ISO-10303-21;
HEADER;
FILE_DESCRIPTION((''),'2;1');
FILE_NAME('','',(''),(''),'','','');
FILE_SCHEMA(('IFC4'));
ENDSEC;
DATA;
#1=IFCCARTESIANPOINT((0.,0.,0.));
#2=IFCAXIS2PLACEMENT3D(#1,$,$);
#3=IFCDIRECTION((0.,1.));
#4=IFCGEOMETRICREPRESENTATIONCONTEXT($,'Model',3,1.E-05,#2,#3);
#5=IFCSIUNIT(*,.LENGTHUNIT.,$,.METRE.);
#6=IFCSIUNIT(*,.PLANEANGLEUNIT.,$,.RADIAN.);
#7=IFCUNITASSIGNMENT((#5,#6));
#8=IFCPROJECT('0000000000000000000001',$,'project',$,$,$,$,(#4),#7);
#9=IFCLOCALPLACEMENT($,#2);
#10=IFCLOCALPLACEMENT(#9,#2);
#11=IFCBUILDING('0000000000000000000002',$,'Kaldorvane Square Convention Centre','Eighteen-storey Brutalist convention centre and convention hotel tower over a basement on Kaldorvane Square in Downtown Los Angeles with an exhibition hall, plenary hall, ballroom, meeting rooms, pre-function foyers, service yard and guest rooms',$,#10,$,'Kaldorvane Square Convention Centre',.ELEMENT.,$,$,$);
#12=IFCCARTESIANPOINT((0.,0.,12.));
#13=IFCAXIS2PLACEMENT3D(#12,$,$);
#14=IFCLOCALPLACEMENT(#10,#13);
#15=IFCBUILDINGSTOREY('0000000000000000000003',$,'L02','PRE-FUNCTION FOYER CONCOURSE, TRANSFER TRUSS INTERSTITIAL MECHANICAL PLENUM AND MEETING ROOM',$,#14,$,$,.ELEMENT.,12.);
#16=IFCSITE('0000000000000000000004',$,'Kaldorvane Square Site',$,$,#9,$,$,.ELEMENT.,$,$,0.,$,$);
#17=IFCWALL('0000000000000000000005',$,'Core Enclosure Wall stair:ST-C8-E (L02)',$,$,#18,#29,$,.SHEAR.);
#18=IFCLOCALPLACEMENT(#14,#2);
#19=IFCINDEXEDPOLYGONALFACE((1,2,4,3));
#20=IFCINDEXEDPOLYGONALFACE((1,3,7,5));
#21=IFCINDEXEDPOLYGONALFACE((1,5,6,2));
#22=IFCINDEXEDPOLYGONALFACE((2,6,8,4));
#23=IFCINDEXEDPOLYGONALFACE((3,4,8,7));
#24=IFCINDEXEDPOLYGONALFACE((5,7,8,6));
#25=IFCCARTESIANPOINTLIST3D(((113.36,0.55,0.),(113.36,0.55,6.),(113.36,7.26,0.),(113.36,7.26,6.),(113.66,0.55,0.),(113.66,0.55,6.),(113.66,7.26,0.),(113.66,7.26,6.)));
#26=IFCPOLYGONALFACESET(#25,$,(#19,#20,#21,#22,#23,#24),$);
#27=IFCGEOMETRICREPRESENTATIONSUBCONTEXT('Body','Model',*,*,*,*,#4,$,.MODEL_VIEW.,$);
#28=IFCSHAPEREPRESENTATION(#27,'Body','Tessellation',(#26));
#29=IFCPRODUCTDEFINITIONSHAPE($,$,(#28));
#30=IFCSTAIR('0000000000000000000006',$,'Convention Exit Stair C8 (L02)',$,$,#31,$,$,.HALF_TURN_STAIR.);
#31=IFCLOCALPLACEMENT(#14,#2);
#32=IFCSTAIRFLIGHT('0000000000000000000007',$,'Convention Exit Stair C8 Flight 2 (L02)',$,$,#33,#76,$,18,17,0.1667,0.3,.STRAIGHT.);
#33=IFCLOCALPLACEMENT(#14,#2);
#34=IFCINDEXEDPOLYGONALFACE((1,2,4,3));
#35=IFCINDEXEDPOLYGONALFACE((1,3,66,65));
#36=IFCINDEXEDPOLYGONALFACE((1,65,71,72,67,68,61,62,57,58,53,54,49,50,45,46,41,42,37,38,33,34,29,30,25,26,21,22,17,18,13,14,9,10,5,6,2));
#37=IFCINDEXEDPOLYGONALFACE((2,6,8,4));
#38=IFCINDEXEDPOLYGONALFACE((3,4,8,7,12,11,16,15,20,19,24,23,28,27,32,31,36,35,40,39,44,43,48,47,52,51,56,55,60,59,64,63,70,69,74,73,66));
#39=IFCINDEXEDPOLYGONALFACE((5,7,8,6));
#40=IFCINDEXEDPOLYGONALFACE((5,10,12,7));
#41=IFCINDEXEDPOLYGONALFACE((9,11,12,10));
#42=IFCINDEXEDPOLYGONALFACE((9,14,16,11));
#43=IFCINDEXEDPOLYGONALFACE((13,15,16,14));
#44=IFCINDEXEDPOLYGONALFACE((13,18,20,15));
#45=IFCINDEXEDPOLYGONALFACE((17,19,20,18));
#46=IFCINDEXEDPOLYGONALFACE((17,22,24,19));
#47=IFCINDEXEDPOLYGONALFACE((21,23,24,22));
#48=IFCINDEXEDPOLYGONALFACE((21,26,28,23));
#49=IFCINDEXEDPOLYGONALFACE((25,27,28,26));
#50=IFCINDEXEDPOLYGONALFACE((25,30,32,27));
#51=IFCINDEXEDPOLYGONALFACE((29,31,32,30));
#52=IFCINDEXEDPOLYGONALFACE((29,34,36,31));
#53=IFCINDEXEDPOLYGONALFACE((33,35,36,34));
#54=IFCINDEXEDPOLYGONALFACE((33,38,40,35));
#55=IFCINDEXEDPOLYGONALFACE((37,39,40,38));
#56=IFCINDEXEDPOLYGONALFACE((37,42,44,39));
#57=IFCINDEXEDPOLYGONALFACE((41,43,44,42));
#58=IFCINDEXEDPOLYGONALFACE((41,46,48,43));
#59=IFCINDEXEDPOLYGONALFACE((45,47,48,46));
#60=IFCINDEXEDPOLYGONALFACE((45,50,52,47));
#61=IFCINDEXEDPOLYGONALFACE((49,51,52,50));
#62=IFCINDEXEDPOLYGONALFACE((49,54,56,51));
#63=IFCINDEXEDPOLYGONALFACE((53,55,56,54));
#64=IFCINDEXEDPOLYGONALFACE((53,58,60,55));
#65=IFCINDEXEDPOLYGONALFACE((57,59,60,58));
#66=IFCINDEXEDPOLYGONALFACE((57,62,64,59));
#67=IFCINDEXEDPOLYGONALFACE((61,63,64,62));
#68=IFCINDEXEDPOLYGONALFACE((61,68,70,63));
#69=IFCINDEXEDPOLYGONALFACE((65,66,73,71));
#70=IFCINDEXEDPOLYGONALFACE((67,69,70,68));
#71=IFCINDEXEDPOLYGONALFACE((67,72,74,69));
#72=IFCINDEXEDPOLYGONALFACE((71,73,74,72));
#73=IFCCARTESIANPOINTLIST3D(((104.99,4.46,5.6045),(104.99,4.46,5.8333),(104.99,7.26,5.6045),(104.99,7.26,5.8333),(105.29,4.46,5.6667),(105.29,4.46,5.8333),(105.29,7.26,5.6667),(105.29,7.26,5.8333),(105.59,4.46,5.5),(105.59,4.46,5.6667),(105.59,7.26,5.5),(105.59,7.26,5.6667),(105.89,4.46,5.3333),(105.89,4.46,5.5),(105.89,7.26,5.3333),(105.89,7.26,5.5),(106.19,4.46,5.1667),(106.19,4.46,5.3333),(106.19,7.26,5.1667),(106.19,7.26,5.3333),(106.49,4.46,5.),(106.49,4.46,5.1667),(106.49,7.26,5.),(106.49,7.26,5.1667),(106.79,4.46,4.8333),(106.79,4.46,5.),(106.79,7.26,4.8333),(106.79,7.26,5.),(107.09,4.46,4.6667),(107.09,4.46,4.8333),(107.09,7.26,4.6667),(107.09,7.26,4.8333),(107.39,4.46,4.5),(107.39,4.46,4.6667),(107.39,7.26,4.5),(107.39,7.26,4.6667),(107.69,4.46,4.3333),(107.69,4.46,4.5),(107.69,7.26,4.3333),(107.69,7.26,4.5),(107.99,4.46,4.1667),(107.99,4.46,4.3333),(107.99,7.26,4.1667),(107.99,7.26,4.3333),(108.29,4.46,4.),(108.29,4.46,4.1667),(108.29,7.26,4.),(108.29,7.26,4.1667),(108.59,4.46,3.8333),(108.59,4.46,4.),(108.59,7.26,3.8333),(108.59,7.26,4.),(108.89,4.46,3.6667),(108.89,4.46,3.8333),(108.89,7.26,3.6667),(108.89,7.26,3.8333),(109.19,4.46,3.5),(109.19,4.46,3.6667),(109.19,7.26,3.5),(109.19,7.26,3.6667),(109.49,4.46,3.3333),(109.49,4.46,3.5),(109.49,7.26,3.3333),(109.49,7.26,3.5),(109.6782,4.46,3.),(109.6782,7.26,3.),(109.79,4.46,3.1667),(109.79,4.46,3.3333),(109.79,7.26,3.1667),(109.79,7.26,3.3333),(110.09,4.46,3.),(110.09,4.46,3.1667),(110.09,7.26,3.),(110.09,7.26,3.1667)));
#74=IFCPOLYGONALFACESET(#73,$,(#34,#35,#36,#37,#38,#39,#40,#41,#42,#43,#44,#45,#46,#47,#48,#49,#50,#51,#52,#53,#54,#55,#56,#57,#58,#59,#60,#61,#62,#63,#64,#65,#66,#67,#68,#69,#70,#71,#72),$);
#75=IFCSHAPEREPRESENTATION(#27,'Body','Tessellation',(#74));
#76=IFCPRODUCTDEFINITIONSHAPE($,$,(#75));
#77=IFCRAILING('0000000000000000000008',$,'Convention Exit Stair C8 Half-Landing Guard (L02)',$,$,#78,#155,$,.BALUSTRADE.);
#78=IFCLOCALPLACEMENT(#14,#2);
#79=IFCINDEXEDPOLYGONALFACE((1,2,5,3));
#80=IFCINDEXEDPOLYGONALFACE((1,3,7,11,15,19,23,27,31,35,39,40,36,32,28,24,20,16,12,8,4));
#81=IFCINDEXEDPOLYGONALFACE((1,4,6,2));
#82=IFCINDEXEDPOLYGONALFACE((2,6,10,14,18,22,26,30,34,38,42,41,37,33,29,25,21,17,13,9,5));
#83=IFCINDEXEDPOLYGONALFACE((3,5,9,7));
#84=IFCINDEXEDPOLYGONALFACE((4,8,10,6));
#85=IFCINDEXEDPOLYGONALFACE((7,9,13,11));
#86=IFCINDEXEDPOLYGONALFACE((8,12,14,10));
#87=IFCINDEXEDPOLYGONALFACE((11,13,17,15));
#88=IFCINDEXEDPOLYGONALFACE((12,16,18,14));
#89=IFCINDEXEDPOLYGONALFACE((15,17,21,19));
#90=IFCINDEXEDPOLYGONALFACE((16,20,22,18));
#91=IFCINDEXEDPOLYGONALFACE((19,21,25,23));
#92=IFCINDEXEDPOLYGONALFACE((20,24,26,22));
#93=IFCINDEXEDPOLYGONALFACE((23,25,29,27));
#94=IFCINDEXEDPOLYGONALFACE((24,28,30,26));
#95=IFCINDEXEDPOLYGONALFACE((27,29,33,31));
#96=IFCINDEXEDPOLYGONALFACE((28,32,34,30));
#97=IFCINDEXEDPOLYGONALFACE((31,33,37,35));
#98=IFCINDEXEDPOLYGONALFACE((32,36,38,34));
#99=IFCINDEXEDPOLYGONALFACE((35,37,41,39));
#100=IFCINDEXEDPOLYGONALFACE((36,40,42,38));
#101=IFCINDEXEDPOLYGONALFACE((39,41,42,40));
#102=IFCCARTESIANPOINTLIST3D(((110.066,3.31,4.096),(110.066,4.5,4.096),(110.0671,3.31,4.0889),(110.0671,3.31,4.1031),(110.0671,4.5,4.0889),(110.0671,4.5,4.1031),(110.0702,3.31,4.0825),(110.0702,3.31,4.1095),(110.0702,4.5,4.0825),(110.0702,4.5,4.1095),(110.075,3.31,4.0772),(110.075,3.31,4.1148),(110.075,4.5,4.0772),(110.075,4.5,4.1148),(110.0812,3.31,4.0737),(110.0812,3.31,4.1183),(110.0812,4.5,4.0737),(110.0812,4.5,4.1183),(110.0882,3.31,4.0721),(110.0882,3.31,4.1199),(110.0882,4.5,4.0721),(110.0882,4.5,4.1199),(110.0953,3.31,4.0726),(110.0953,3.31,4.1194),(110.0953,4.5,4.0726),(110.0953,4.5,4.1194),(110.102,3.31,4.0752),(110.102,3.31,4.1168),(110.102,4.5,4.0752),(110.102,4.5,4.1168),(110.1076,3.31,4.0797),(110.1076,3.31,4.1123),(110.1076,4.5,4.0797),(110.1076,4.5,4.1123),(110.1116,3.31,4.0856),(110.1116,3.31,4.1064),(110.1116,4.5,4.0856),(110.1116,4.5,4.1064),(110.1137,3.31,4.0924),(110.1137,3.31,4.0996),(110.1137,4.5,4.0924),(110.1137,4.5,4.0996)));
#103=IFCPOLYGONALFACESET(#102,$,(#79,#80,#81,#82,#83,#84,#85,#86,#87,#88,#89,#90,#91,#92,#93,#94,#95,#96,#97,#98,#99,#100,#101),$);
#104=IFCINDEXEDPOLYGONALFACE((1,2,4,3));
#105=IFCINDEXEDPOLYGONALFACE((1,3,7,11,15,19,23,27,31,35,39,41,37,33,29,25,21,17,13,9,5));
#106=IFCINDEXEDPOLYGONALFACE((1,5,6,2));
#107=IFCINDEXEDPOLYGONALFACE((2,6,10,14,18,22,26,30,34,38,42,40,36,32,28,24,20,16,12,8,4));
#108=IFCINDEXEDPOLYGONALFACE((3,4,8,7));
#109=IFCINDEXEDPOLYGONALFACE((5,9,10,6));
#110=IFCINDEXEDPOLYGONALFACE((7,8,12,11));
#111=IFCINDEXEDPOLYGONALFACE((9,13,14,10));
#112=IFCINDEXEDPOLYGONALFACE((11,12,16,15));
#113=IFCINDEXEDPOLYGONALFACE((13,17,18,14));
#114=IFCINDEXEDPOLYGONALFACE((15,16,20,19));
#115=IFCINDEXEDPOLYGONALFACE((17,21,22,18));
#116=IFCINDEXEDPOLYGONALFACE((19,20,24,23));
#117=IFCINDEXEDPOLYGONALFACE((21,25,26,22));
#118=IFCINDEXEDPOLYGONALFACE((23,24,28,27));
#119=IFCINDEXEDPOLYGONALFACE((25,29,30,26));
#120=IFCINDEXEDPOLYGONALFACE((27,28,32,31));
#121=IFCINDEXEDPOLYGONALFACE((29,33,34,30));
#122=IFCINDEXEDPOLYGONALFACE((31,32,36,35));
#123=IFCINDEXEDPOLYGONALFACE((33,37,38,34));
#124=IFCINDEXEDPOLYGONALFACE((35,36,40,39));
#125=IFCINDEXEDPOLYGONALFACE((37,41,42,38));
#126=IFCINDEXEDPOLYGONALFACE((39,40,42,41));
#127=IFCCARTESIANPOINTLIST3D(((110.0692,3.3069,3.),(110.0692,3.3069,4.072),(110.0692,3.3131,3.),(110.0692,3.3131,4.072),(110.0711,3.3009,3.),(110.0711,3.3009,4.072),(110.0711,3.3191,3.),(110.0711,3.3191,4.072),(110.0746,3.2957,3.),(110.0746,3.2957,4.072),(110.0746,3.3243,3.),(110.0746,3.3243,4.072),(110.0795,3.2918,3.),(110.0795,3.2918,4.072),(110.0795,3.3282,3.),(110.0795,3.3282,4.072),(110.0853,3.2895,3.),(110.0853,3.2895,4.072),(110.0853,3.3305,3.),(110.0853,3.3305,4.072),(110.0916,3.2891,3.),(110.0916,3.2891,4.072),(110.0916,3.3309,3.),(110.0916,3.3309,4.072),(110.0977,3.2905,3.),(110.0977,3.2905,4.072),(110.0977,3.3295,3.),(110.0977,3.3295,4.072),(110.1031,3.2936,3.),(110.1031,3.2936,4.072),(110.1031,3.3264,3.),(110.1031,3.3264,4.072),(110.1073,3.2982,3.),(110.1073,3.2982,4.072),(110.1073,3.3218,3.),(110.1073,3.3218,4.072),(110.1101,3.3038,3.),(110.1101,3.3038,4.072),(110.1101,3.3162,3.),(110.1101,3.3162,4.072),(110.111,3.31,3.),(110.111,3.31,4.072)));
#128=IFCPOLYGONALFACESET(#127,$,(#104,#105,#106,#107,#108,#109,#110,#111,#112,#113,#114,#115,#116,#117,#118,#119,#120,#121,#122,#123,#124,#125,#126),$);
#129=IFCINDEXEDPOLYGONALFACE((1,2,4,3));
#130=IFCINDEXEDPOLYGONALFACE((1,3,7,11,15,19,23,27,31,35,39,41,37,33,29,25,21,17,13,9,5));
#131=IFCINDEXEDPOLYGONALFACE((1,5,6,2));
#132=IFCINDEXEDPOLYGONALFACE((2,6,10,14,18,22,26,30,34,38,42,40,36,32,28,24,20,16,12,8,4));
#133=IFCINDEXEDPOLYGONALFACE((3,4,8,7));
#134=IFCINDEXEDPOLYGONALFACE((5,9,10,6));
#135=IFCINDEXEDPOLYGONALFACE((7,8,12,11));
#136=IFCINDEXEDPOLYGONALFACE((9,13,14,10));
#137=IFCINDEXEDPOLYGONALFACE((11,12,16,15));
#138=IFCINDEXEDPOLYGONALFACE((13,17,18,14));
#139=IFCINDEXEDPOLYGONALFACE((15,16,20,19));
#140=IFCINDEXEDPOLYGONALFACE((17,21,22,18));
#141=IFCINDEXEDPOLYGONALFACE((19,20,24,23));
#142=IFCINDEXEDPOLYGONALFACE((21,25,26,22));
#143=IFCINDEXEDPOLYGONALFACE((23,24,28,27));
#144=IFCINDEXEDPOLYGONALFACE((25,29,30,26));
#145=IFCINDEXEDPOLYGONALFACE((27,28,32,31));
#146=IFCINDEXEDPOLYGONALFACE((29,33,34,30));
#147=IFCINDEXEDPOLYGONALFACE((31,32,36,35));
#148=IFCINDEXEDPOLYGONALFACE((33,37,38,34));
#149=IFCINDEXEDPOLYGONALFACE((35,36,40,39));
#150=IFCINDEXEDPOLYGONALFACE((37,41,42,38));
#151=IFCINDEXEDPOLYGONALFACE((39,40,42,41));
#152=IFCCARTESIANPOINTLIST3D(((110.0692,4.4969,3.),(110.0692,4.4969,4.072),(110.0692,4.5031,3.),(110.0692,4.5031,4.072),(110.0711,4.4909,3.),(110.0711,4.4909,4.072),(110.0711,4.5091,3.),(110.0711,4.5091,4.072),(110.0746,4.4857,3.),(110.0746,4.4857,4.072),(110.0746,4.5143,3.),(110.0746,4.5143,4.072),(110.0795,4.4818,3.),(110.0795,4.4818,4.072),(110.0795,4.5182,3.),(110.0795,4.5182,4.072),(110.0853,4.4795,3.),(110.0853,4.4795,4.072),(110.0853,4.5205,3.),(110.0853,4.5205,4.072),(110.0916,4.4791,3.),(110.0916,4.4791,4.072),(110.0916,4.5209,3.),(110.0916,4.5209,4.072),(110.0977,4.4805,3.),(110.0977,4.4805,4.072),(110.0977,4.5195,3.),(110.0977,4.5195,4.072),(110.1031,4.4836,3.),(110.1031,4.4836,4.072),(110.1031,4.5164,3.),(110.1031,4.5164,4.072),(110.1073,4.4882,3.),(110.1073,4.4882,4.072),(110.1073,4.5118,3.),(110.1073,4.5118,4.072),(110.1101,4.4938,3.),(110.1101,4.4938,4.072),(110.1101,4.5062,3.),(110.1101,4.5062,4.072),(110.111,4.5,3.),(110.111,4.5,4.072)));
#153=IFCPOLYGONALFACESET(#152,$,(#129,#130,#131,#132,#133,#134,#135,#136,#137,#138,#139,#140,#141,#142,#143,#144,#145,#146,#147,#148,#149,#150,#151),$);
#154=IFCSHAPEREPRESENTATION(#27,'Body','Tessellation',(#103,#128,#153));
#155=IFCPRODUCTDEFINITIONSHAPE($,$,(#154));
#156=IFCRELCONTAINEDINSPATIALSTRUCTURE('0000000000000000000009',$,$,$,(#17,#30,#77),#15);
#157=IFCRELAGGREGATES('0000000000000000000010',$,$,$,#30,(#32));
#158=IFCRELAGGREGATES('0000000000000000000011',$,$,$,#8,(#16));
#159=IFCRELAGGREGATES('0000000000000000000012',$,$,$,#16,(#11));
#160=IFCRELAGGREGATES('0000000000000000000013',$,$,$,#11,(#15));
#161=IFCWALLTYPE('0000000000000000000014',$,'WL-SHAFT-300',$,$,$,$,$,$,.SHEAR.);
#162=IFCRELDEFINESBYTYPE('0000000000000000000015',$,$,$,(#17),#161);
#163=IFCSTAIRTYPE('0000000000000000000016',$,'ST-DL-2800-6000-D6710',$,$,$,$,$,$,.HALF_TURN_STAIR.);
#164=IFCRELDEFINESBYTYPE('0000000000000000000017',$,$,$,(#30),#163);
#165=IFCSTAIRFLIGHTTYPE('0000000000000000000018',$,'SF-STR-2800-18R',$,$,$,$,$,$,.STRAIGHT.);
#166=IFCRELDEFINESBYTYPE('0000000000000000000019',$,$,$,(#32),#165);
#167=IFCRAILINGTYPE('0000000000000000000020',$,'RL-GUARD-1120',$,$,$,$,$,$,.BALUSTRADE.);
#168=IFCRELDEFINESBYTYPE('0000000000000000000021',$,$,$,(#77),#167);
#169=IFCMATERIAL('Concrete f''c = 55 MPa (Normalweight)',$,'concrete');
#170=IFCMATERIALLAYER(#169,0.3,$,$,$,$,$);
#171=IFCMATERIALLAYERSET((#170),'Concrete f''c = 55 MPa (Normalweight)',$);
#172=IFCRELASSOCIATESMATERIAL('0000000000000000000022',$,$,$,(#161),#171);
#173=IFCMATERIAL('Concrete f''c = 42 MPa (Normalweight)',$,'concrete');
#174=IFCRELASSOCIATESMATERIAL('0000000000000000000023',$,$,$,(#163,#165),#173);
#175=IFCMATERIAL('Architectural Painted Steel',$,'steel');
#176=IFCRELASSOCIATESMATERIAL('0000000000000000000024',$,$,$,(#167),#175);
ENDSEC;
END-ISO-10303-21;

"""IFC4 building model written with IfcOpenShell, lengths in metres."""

from ifc_helpers import new_model, si_unit, direction, frame, frame_2d, origin, origin_2d, place, context, subcontext, project, spatial, polyline, rectangle, circle, outline, extrude, material, layer, layer_set, type_object, element, aggregate, save


model = new_model("IFC4")

# Units and contexts
model_context = context("Model", 3, precision=1e-05, world=origin(), true_north=direction((0.0, 1.0)))
body_context = subcontext(model_context, "Body", "Model", "MODEL_VIEW")
ifc_project = project(units=[si_unit("LENGTHUNIT", "METRE"), si_unit("PLANEANGLEUNIT", "RADIAN")], contexts=[model_context])

# Site, building, storey
site_placement = place(None, origin())
site = spatial("IfcSite", under=ifc_project, at=site_placement, Name="Kaldorvane Square Site", CompositionType="ELEMENT", RefElevation=0.0)
building_placement = place(site_placement, origin())
building = spatial("IfcBuilding", under=site, at=building_placement, Name="Kaldorvane Square Convention Centre", Description="Eighteen-storey Brutalist convention centre and convention hotel tower over a basement on Kaldorvane Square in Downtown Los Angeles with an exhibition hall, plenary hall, ballroom, meeting rooms, pre-function foyers, service yard and guest rooms", LongName="Kaldorvane Square Convention Centre", CompositionType="ELEMENT")
storey_placement = place(building_placement, frame((0.0, 0.0, 12.0)))
storey = spatial("IfcBuildingStorey", under=building, at=storey_placement, Name="L02", Description="PRE-FUNCTION FOYER CONCOURSE, TRANSFER TRUSS INTERSTITIAL MECHANICAL PLENUM AND MEETING ROOM", CompositionType="ELEMENT", Elevation=12.0)

# Shared definitions
ifc_material_1 = material(Name="Concrete f'c = 42 MPa (Normalweight)", Category="concrete")

# Shared definitions
ifc_material_2 = material(Name="Concrete f'c = 55 MPa (Normalweight)", Category="concrete")
ifc_layer_1 = layer(ifc_material_2, 0.3)
ifc_layer_set_1 = layer_set([ifc_layer_1], Name="Concrete f'c = 55 MPa (Normalweight)")
wall_type_1 = type_object("IfcWallType", Name="WL-SHAFT-300", PredefinedType="SHEAR", material=ifc_layer_set_1)

# Wall
wall_1_placement = place(storey_placement, frame((113.51, 0.55, 0.0), z_axis=(0.0, 0.0, 1.0), x_axis=(0.0, 1.0, 0.0)))
element("IfcWall", 1, at=wall_1_placement, inside=storey, type_object=wall_type_1, Name="Core Enclosure Wall stair:ST-C8-E (L02)", PredefinedType="SHEAR", context=body_context, shape_type="SweptSolid", body=[
    extrude(rectangle(XDim=6.71, YDim=0.3, at=frame_2d((3.355, 0.0))), origin(), (0.0, 0.0, 1.0), 6.0),
])

# Stair, stair flight
stair_type = type_object("IfcStairType", Name="ST-DL-2800-6000-D6710", PredefinedType="HALF_TURN_STAIR", material=ifc_material_1)
stair_placement = place(storey_placement, origin())
stair = element("IfcStair", 2, at=stair_placement, inside=storey, type_object=stair_type, Name="Convention Exit Stair C8 (L02)", PredefinedType="HALF_TURN_STAIR")
stair_flight_type = type_object("IfcStairFlightType", Name="SF-STR-2800-18R", PredefinedType="STRAIGHT", material=ifc_material_1)
stair_flight_placement = place(storey_placement, frame((110.09, 5.86, 3.0), z_axis=(0.0, 0.0, 1.0), x_axis=(-1.0, 0.0, 0.0)))
stair_flight = element("IfcStairFlight", 3, at=stair_flight_placement, type_object=stair_flight_type, Name="Convention Exit Stair C8 Flight 2 (L02)", NumberOfRisers=18, NumberOfTreads=17, PredefinedType="STRAIGHT", RiserHeight=0.1667, TreadLength=0.3, context=body_context, shape_type="SweptSolid", body=[
    extrude(outline(polyline([(0.0, 0.0), (0.0, 0.1667), (0.3, 0.1667), (0.3, 0.3333), (0.6, 0.3333), (0.6, 0.5), (0.9, 0.5), (0.9, 0.6667), (1.2, 0.6667), (1.2, 0.8333), (1.5, 0.8333), (1.5, 1.0), (1.8, 1.0), (1.8, 1.1667), (2.1, 1.1667), (2.1, 1.3333), (2.4, 1.3333), (2.4, 1.5), (2.7, 1.5), (2.7, 1.6667), (3.0, 1.6667), (3.0, 1.8333), (3.3, 1.8333), (3.3, 2.0), (3.6, 2.0), (3.6, 2.1667), (3.9, 2.1667), (3.9, 2.3333), (4.2, 2.3333), (4.2, 2.5), (4.5, 2.5), (4.5, 2.6667), (4.8, 2.6667), (4.8, 2.8333), (5.1, 2.8333), (5.1, 3.0), (5.1, 2.6045), (0.4118, 0.0), (0.0, 0.0)])), frame((0.0, 1.4, 0.0), z_axis=(0.0, -1.0, 0.0), x_axis=(1.0, 0.0, 0.0)), (0.0, 0.0, 1.0), 2.8),
])
aggregate(stair, [stair_flight])

# Railing
ifc_material_3 = material(Name="Architectural Painted Steel", Category="steel")
railing_type_1 = type_object("IfcRailingType", Name="RL-GUARD-1120", PredefinedType="BALUSTRADE", material=ifc_material_3)
railing_1_placement = place(storey_placement, frame((110.09, 3.31, 3.0)))
element("IfcRailing", 4, at=railing_1_placement, inside=storey, type_object=railing_type_1, Name="Convention Exit Stair C8 Half-Landing Guard (L02)", PredefinedType="BALUSTRADE", context=body_context, shape_type="SweptSolid", body=[
    extrude(circle(Radius=0.024, at=origin_2d()), frame((0.0, 0.0, 1.096), z_axis=(0.0, 1.0, 0.0), x_axis=(-1.0, 0.0, 0.0)), (0.0, 0.0, 1.0), 1.19),
    extrude(circle(Radius=0.021, at=origin_2d()), origin(), (0.0, 0.0, 1.0), 1.072),
    extrude(circle(Radius=0.021, at=origin_2d()), frame((0.0, 1.19, 0.0)), (0.0, 0.0, 1.0), 1.072),
])

save(model, "model.ifc")
